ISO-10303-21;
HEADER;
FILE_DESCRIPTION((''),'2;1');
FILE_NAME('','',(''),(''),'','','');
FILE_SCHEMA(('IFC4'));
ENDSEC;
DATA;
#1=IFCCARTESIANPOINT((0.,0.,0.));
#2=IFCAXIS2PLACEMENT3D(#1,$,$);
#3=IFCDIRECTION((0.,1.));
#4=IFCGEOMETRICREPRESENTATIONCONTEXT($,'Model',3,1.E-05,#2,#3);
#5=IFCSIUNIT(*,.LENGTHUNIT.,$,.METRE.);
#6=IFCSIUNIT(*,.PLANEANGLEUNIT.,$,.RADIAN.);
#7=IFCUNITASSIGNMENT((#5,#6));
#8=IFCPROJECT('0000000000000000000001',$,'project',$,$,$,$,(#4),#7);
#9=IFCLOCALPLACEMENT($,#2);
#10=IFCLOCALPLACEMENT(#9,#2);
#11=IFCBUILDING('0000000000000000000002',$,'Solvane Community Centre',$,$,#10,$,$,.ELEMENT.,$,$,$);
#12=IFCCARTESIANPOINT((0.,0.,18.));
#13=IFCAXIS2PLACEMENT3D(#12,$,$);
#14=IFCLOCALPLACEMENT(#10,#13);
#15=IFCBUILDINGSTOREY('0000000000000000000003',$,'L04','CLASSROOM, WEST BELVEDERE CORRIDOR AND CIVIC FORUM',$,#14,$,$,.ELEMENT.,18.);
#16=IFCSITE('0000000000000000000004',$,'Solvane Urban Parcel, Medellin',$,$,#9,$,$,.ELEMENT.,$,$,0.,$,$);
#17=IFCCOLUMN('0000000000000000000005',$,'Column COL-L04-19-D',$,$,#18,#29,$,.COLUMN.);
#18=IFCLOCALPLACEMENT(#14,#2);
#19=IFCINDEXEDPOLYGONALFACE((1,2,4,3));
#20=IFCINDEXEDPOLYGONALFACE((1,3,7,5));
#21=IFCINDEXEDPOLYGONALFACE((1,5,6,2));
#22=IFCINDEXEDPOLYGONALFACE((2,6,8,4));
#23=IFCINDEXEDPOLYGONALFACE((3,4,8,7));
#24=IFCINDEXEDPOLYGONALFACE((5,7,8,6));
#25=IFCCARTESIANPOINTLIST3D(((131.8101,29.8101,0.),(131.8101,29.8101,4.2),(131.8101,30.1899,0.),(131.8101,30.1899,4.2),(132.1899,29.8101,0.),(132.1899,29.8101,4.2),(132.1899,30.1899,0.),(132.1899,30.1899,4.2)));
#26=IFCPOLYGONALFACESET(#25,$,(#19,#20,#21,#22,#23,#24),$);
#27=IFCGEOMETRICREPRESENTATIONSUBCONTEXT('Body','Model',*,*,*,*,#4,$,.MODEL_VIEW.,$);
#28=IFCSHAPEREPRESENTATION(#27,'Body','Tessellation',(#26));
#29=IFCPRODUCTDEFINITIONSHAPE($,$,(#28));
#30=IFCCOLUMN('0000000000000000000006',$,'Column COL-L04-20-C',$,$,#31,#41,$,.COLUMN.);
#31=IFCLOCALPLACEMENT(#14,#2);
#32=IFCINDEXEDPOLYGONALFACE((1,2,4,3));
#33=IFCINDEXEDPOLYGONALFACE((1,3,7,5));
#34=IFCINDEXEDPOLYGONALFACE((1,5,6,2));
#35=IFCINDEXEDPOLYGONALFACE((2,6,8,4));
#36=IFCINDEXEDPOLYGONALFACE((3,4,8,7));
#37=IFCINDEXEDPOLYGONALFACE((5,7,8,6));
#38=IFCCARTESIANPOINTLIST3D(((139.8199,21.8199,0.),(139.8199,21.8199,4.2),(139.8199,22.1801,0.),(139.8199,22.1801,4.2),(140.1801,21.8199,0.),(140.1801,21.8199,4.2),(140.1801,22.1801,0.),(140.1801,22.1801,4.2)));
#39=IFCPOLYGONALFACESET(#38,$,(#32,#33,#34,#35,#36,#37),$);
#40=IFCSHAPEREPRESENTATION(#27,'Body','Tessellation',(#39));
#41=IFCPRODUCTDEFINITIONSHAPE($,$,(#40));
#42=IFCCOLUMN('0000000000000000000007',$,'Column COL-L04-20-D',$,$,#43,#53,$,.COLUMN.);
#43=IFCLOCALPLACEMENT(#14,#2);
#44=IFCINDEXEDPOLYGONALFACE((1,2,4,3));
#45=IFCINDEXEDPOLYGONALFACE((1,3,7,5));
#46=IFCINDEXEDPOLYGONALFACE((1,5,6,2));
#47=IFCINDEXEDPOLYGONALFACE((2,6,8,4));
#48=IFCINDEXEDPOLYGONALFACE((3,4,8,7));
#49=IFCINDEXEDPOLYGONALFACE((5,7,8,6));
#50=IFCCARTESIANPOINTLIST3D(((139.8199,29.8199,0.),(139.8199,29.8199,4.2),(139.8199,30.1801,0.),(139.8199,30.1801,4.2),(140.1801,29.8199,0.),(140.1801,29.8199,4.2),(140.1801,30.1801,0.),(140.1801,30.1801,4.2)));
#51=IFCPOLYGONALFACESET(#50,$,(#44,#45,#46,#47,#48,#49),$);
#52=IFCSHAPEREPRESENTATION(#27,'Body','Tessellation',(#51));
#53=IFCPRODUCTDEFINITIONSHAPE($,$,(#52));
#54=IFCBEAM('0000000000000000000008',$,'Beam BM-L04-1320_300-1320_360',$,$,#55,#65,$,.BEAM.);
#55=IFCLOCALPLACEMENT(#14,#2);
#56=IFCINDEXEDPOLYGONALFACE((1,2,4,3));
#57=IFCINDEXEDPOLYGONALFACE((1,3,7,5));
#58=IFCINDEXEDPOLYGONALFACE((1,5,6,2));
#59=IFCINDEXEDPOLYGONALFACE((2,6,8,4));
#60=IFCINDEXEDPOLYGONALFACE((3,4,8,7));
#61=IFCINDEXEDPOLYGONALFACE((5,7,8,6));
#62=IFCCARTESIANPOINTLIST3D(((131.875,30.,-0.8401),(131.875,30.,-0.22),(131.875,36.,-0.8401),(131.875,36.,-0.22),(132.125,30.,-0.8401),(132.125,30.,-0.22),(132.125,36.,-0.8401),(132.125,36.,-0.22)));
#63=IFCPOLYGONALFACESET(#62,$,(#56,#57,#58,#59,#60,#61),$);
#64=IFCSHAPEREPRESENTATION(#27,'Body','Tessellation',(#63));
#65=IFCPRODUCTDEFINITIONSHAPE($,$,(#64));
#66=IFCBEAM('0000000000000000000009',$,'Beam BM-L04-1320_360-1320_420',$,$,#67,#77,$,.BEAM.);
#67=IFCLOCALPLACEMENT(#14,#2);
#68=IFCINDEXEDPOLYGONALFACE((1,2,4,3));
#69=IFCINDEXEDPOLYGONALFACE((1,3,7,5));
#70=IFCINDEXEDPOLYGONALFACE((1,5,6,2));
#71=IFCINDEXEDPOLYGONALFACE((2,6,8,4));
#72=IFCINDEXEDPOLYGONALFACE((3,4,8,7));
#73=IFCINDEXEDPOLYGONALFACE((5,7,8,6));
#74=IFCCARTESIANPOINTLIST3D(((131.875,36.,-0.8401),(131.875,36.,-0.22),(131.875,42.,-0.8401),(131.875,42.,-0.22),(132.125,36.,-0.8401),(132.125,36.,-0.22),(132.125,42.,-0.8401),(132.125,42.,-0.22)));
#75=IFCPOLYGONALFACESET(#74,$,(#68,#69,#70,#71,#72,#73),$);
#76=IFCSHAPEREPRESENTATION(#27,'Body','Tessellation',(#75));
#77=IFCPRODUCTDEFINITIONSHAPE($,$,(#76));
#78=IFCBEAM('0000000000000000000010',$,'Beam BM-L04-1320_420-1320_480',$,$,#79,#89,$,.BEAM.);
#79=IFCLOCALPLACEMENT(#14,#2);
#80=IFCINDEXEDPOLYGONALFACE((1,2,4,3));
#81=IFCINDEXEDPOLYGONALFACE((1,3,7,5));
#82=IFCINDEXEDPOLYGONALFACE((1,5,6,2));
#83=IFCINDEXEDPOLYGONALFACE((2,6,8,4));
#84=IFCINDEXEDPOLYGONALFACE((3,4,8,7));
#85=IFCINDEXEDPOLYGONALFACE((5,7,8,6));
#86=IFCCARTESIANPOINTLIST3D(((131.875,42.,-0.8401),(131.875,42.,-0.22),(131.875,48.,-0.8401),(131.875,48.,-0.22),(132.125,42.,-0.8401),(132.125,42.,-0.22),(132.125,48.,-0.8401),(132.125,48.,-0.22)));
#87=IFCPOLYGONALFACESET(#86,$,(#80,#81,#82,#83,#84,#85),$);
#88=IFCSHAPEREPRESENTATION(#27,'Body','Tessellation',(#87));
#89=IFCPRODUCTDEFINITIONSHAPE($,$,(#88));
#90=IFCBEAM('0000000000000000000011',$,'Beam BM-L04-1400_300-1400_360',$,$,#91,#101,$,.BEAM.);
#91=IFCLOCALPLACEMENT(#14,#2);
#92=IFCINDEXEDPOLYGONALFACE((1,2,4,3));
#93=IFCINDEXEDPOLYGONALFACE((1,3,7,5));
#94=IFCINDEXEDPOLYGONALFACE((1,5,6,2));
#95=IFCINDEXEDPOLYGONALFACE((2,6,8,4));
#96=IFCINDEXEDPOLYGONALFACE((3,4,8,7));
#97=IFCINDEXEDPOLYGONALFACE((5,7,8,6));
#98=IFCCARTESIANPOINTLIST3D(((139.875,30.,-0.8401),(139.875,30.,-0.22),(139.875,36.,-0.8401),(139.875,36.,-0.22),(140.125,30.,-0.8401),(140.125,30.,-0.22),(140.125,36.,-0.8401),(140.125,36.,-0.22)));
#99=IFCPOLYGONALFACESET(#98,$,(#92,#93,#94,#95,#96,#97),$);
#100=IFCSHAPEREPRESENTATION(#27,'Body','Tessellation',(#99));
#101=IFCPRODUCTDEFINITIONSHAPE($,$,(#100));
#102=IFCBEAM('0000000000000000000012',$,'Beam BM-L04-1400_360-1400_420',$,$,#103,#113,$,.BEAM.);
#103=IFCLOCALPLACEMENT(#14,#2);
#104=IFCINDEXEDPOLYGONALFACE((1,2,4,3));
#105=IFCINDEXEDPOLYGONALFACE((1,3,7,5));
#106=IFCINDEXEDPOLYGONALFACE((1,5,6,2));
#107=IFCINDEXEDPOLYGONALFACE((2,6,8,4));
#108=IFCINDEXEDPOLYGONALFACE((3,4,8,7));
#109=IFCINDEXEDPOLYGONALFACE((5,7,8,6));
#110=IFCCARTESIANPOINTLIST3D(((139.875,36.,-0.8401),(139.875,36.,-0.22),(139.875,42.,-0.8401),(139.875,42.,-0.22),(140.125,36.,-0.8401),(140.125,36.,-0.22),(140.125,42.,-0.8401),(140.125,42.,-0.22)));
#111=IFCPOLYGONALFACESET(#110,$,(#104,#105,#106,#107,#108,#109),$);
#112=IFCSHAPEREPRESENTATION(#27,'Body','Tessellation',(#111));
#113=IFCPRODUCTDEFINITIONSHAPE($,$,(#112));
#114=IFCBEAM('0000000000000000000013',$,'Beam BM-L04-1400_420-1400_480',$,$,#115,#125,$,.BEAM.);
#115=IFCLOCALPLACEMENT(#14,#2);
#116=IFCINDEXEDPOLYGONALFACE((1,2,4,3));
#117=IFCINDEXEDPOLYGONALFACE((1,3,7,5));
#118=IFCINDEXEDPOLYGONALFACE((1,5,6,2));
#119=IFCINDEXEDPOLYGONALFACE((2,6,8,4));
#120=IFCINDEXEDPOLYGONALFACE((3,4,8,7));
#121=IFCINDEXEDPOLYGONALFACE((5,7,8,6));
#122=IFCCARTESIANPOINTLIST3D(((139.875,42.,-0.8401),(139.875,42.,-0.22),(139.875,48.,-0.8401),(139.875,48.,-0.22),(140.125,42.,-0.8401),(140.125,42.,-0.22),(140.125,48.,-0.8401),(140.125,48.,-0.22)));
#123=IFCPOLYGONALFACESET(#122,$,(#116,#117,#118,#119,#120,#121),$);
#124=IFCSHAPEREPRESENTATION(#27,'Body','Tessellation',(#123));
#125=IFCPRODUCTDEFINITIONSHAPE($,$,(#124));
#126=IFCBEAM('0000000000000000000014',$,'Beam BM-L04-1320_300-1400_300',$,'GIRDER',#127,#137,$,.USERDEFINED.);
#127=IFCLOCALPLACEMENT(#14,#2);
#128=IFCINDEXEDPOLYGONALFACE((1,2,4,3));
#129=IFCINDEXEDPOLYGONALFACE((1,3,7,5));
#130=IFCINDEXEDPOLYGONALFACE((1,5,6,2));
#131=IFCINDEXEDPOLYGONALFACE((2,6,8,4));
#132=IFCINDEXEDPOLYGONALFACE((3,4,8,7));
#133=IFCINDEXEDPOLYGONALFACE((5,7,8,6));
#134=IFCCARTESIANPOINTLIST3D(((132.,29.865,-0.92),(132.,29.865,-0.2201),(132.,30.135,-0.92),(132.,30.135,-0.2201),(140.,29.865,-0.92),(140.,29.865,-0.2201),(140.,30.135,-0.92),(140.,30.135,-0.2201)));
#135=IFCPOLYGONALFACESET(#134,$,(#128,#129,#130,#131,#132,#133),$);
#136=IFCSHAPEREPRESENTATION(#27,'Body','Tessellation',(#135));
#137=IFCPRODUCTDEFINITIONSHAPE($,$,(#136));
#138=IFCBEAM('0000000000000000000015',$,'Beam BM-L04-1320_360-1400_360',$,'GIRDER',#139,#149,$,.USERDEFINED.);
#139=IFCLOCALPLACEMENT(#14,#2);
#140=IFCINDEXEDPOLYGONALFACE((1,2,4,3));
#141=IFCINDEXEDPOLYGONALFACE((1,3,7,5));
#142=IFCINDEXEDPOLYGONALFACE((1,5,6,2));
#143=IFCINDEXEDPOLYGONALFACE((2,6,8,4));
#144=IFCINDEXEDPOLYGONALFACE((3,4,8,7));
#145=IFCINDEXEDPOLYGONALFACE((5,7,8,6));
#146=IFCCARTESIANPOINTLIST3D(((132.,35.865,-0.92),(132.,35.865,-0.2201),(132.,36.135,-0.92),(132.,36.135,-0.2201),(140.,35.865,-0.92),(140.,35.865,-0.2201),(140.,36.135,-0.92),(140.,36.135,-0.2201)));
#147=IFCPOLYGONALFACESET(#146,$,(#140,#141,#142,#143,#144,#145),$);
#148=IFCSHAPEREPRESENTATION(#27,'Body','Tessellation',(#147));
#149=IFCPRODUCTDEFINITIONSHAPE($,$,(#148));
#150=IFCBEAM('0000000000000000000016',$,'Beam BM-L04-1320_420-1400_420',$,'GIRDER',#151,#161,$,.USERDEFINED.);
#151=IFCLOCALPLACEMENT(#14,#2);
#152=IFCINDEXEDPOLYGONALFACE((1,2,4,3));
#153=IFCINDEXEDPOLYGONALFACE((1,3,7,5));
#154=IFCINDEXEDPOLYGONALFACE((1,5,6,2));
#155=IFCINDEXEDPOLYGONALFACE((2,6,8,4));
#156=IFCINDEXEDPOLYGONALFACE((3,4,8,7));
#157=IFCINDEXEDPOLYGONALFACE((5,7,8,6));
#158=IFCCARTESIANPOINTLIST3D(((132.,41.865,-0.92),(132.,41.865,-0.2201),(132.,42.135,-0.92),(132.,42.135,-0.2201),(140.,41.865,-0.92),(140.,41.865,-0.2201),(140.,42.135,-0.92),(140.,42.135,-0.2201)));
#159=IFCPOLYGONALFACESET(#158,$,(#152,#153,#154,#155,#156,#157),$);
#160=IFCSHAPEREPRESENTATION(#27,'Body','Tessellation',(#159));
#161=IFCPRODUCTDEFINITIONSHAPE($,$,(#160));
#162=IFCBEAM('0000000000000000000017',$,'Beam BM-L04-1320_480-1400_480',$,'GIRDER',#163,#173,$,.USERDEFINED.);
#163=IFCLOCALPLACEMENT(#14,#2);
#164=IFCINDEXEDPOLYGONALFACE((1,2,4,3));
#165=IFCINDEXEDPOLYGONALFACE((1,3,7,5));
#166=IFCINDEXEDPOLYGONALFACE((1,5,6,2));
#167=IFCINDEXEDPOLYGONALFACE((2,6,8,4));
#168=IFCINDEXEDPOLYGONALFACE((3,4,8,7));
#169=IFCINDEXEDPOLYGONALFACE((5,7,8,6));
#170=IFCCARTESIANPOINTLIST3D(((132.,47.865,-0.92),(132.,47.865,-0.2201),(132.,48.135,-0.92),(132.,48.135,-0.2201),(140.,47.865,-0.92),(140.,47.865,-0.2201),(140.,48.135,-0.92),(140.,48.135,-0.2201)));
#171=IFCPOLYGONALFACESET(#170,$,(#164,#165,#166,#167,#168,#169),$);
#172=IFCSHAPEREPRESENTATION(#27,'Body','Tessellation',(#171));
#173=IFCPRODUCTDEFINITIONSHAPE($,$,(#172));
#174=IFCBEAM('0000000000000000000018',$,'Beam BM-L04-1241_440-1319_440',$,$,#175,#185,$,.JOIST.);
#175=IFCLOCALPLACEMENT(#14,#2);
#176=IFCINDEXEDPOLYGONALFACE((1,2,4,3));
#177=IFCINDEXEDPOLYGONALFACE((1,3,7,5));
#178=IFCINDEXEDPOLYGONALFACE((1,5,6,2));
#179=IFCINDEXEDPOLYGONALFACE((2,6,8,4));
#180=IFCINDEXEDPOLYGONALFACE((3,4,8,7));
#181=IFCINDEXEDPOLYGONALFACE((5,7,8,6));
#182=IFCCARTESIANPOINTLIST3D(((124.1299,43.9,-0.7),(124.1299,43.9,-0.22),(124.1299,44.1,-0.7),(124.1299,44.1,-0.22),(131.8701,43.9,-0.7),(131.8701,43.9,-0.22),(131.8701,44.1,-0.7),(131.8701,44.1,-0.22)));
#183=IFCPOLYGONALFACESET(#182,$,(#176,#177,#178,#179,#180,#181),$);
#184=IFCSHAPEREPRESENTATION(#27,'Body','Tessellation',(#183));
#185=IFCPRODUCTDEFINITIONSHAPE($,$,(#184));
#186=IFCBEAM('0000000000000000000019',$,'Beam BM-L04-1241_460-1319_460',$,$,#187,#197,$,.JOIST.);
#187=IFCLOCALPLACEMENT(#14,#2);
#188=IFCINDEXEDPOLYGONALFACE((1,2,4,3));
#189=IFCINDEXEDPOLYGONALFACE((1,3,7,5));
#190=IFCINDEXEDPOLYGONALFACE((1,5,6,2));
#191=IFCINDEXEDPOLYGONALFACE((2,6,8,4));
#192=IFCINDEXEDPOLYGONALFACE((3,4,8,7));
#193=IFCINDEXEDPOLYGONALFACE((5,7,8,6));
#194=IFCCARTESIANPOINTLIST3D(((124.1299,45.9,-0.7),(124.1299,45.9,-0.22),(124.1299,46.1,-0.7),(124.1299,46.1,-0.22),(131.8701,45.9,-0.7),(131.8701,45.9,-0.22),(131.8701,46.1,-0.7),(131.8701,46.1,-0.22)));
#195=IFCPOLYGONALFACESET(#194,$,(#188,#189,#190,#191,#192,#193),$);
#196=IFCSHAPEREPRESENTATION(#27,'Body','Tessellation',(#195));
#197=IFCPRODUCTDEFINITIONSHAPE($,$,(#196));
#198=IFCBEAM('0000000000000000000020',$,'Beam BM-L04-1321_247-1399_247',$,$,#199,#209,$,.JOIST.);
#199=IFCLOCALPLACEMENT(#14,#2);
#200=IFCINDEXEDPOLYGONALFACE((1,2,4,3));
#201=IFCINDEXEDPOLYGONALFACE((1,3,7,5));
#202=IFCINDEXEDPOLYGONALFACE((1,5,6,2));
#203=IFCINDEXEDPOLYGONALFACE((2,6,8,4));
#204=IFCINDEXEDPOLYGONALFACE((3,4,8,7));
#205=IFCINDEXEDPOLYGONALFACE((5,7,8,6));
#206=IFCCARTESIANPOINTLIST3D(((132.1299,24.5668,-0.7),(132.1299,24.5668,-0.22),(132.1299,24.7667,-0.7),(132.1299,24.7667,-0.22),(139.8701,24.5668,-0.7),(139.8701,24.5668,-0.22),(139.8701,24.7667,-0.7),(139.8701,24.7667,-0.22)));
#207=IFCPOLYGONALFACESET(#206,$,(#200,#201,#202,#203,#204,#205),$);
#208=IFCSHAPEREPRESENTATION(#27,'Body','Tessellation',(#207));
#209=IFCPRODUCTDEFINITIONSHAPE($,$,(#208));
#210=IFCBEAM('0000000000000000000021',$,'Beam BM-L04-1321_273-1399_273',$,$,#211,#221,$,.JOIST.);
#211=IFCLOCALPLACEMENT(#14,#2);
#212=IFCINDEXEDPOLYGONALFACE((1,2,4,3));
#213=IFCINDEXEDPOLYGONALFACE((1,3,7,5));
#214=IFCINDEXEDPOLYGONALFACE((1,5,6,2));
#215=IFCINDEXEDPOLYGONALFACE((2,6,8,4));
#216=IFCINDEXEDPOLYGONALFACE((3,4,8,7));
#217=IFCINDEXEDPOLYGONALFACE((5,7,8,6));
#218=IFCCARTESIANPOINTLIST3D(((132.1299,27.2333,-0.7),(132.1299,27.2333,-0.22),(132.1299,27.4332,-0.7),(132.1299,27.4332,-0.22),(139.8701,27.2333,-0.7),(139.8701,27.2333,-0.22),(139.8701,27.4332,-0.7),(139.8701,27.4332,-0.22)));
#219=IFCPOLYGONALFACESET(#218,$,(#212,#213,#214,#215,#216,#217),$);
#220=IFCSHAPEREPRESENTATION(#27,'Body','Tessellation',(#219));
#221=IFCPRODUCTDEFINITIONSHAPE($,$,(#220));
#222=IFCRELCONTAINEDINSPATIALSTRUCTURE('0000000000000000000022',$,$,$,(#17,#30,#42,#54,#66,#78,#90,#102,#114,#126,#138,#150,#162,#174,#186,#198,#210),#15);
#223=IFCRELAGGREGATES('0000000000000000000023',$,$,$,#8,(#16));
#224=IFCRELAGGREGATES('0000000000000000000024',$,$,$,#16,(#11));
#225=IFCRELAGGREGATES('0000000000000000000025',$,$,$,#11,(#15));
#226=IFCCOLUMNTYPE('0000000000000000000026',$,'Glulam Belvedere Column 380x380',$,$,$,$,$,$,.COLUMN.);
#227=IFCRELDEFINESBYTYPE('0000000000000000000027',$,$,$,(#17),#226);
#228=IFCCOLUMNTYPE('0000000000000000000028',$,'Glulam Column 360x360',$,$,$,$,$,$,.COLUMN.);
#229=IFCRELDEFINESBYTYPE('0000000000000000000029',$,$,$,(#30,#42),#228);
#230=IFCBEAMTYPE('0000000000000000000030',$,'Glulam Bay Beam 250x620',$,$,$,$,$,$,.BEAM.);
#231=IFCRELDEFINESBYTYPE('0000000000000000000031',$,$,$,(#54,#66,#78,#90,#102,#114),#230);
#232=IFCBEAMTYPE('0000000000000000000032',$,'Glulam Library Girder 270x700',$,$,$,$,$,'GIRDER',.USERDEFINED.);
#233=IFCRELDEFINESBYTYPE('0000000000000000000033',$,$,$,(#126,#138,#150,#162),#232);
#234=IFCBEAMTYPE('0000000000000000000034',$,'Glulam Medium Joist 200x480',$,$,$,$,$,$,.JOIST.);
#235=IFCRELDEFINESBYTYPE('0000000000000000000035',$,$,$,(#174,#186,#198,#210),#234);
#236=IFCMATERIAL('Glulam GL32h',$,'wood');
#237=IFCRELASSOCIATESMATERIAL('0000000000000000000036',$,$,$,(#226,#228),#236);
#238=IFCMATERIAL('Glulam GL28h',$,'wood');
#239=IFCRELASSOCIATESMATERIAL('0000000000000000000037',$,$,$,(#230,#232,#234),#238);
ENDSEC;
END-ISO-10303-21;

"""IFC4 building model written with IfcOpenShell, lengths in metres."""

from ifc_helpers import new_model, si_unit, direction, frame, origin, origin_2d, place, context, subcontext, project, spatial, rectangle, extrude, material, material_profile, profile_set, type_object, element, save


model = new_model("IFC4")

# Units and contexts
model_context = context("Model", 3, precision=1e-05, world=origin(), true_north=direction((0.0, 1.0)))
body_context = subcontext(model_context, "Body", "Model", "MODEL_VIEW")
ifc_project = project(units=[si_unit("LENGTHUNIT", "METRE"), si_unit("PLANEANGLEUNIT", "RADIAN")], contexts=[model_context])

# Site, building, storey
site_placement = place(None, origin())
site = spatial("IfcSite", under=ifc_project, at=site_placement, Name="Solvane Urban Parcel, Medellin", CompositionType="ELEMENT", RefElevation=0.0)
building_placement = place(site_placement, origin())
building = spatial("IfcBuilding", under=site, at=building_placement, Name="Solvane Community Centre", CompositionType="ELEMENT")
storey_placement = place(building_placement, frame((0.0, 0.0, 18.0)))
storey = spatial("IfcBuildingStorey", under=building, at=storey_placement, Name="L04", Description="CLASSROOM, WEST BELVEDERE CORRIDOR AND CIVIC FORUM", CompositionType="ELEMENT", Elevation=18.0)

# Columns
ifc_material_1 = material(Name="Glulam GL32h", Category="wood")
ifc_material_profile_1 = material_profile(ifc_material_1, rectangle(XDim=0.3799, YDim=0.3799, at=origin_2d()), Name="GL32h 380x380")
ifc_profile_set_1 = profile_set([ifc_material_profile_1], Name="Glulam GL32h")
column_type_1 = type_object("IfcColumnType", Name="Glulam Belvedere Column 380x380", PredefinedType="COLUMN", material=ifc_profile_set_1)
column_placement = place(storey_placement, frame((132.0, 30.0, 0.0), z_axis=(0.0, 0.0, 1.0), x_axis=(1.0, 0.0, 0.0)))
element("IfcColumn", 1, at=column_placement, inside=storey, type_object=column_type_1, Name="Column COL-L04-19-D", PredefinedType="COLUMN", context=body_context, shape_type="SweptSolid", body=[
    extrude(rectangle(XDim=0.3799, YDim=0.3799, at=origin_2d()), origin(), (0.0, 0.0, 1.0), 4.2),
])
ifc_material_profile_2 = material_profile(ifc_material_1, rectangle(XDim=0.3601, YDim=0.3601, at=origin_2d()), Name="GL32h 360x360")
ifc_profile_set_2 = profile_set([ifc_material_profile_2], Name="Glulam GL32h")
column_type_2 = type_object("IfcColumnType", Name="Glulam Column 360x360", PredefinedType="COLUMN", material=ifc_profile_set_2)
for number, where, z_axis, x_axis, name in (
    (2, (140.0, 22.0, 0.0), (0.0, 0.0, 1.0), (1.0, 0.0, 0.0), "Column COL-L04-20-C"),
    (3, (140.0, 30.0, 0.0), (0.0, 0.0, 1.0), (1.0, 0.0, 0.0), "Column COL-L04-20-D"),
):
    element("IfcColumn", number, at=place(storey_placement, frame(where, z_axis=z_axis, x_axis=x_axis)), inside=storey, type_object=column_type_2, Name=name, PredefinedType="COLUMN", context=body_context, shape_type="SweptSolid", body=[
        extrude(rectangle(XDim=0.3601, YDim=0.3601, at=origin_2d()), origin(), (0.0, 0.0, 1.0), 4.2),
    ])

# Beams
ifc_material_2 = material(Name="Glulam GL28h", Category="wood")
ifc_material_profile_3 = material_profile(ifc_material_2, rectangle(XDim=0.25, YDim=0.6201, at=origin_2d()), Name="GL28h 250x620")
ifc_profile_set_3 = profile_set([ifc_material_profile_3], Name="Glulam GL28h")
beam_type_1 = type_object("IfcBeamType", Name="Glulam Bay Beam 250x620", PredefinedType="BEAM", material=ifc_profile_set_3)
for number, where, z_axis, x_axis, name in (
    (4, (132.0, 30.0, -0.53), (0.0, 1.0, 0.0), (-1.0, 0.0, 0.0), "Beam BM-L04-1320_300-1320_360"),
    (5, (132.0, 36.0, -0.53), (0.0, 1.0, 0.0), (-1.0, 0.0, 0.0), "Beam BM-L04-1320_360-1320_420"),
    (6, (132.0, 42.0, -0.53), (0.0, 1.0, 0.0), (-1.0, 0.0, 0.0), "Beam BM-L04-1320_420-1320_480"),
    (7, (140.0, 30.0, -0.53), (0.0, 1.0, 0.0), (-1.0, 0.0, 0.0), "Beam BM-L04-1400_300-1400_360"),
    (8, (140.0, 36.0, -0.53), (0.0, 1.0, 0.0), (-1.0, 0.0, 0.0), "Beam BM-L04-1400_360-1400_420"),
    (9, (140.0, 42.0, -0.53), (0.0, 1.0, 0.0), (-1.0, 0.0, 0.0), "Beam BM-L04-1400_420-1400_480"),
):
    element("IfcBeam", number, at=place(storey_placement, frame(where, z_axis=z_axis, x_axis=x_axis)), inside=storey, type_object=beam_type_1, Name=name, PredefinedType="BEAM", context=body_context, shape_type="SweptSolid", body=[
        extrude(rectangle(XDim=0.25, YDim=0.6201, at=origin_2d()), origin(), (0.0, 0.0, 1.0), 6.0),
    ])
ifc_material_profile_4 = material_profile(ifc_material_2, rectangle(XDim=0.27, YDim=0.7, at=origin_2d()), Name="GL28h 270x700")
ifc_profile_set_4 = profile_set([ifc_material_profile_4], Name="Glulam GL28h")
beam_type_2 = type_object("IfcBeamType", Name="Glulam Library Girder 270x700", ElementType="GIRDER", PredefinedType="USERDEFINED", material=ifc_profile_set_4)
for number, where, z_axis, x_axis, name in (
    (10, (132.0, 30.0, -0.5701), (1.0, 0.0, 0.0), (0.0, 1.0, 0.0), "Beam BM-L04-1320_300-1400_300"),
    (11, (132.0, 36.0, -0.5701), (1.0, 0.0, 0.0), (0.0, 1.0, 0.0), "Beam BM-L04-1320_360-1400_360"),
    (12, (132.0, 42.0, -0.5701), (1.0, 0.0, 0.0), (0.0, 1.0, 0.0), "Beam BM-L04-1320_420-1400_420"),
    (13, (132.0, 48.0, -0.5701), (1.0, 0.0, 0.0), (0.0, 1.0, 0.0), "Beam BM-L04-1320_480-1400_480"),
):
    element("IfcBeam", number, at=place(storey_placement, frame(where, z_axis=z_axis, x_axis=x_axis)), inside=storey, type_object=beam_type_2, Name=name, ObjectType="GIRDER", PredefinedType="USERDEFINED", context=body_context, shape_type="SweptSolid", body=[
        extrude(rectangle(XDim=0.27, YDim=0.7, at=origin_2d()), origin(), (0.0, 0.0, 1.0), 8.0),
    ])
ifc_material_profile_5 = material_profile(ifc_material_2, rectangle(XDim=0.2, YDim=0.48, at=origin_2d()), Name="GL28h 200x480")
ifc_profile_set_5 = profile_set([ifc_material_profile_5], Name="Glulam GL28h")
beam_type_3 = type_object("IfcBeamType", Name="Glulam Medium Joist 200x480", PredefinedType="JOIST", material=ifc_profile_set_5)
for number, where, z_axis, x_axis, name in (
    (14, (124.1299, 44.0, -0.46), (1.0, 0.0, 0.0), (0.0, 1.0, 0.0), "Beam BM-L04-1241_440-1319_440"),
    (15, (124.1299, 46.0, -0.46), (1.0, 0.0, 0.0), (0.0, 1.0, 0.0), "Beam BM-L04-1241_460-1319_460"),
    (16, (132.1299, 24.6667, -0.46), (1.0, 0.0, 0.0), (0.0, 1.0, 0.0), "Beam BM-L04-1321_247-1399_247"),
    (17, (132.1299, 27.3333, -0.46), (1.0, 0.0, 0.0), (0.0, 1.0, 0.0), "Beam BM-L04-1321_273-1399_273"),
):
    element("IfcBeam", number, at=place(storey_placement, frame(where, z_axis=z_axis, x_axis=x_axis)), inside=storey, type_object=beam_type_3, Name=name, PredefinedType="JOIST", context=body_context, shape_type="SweptSolid", body=[
        extrude(rectangle(XDim=0.2, YDim=0.48, at=origin_2d()), origin(), (0.0, 0.0, 1.0), 7.7402),
    ])

save(model, "model.ifc")
